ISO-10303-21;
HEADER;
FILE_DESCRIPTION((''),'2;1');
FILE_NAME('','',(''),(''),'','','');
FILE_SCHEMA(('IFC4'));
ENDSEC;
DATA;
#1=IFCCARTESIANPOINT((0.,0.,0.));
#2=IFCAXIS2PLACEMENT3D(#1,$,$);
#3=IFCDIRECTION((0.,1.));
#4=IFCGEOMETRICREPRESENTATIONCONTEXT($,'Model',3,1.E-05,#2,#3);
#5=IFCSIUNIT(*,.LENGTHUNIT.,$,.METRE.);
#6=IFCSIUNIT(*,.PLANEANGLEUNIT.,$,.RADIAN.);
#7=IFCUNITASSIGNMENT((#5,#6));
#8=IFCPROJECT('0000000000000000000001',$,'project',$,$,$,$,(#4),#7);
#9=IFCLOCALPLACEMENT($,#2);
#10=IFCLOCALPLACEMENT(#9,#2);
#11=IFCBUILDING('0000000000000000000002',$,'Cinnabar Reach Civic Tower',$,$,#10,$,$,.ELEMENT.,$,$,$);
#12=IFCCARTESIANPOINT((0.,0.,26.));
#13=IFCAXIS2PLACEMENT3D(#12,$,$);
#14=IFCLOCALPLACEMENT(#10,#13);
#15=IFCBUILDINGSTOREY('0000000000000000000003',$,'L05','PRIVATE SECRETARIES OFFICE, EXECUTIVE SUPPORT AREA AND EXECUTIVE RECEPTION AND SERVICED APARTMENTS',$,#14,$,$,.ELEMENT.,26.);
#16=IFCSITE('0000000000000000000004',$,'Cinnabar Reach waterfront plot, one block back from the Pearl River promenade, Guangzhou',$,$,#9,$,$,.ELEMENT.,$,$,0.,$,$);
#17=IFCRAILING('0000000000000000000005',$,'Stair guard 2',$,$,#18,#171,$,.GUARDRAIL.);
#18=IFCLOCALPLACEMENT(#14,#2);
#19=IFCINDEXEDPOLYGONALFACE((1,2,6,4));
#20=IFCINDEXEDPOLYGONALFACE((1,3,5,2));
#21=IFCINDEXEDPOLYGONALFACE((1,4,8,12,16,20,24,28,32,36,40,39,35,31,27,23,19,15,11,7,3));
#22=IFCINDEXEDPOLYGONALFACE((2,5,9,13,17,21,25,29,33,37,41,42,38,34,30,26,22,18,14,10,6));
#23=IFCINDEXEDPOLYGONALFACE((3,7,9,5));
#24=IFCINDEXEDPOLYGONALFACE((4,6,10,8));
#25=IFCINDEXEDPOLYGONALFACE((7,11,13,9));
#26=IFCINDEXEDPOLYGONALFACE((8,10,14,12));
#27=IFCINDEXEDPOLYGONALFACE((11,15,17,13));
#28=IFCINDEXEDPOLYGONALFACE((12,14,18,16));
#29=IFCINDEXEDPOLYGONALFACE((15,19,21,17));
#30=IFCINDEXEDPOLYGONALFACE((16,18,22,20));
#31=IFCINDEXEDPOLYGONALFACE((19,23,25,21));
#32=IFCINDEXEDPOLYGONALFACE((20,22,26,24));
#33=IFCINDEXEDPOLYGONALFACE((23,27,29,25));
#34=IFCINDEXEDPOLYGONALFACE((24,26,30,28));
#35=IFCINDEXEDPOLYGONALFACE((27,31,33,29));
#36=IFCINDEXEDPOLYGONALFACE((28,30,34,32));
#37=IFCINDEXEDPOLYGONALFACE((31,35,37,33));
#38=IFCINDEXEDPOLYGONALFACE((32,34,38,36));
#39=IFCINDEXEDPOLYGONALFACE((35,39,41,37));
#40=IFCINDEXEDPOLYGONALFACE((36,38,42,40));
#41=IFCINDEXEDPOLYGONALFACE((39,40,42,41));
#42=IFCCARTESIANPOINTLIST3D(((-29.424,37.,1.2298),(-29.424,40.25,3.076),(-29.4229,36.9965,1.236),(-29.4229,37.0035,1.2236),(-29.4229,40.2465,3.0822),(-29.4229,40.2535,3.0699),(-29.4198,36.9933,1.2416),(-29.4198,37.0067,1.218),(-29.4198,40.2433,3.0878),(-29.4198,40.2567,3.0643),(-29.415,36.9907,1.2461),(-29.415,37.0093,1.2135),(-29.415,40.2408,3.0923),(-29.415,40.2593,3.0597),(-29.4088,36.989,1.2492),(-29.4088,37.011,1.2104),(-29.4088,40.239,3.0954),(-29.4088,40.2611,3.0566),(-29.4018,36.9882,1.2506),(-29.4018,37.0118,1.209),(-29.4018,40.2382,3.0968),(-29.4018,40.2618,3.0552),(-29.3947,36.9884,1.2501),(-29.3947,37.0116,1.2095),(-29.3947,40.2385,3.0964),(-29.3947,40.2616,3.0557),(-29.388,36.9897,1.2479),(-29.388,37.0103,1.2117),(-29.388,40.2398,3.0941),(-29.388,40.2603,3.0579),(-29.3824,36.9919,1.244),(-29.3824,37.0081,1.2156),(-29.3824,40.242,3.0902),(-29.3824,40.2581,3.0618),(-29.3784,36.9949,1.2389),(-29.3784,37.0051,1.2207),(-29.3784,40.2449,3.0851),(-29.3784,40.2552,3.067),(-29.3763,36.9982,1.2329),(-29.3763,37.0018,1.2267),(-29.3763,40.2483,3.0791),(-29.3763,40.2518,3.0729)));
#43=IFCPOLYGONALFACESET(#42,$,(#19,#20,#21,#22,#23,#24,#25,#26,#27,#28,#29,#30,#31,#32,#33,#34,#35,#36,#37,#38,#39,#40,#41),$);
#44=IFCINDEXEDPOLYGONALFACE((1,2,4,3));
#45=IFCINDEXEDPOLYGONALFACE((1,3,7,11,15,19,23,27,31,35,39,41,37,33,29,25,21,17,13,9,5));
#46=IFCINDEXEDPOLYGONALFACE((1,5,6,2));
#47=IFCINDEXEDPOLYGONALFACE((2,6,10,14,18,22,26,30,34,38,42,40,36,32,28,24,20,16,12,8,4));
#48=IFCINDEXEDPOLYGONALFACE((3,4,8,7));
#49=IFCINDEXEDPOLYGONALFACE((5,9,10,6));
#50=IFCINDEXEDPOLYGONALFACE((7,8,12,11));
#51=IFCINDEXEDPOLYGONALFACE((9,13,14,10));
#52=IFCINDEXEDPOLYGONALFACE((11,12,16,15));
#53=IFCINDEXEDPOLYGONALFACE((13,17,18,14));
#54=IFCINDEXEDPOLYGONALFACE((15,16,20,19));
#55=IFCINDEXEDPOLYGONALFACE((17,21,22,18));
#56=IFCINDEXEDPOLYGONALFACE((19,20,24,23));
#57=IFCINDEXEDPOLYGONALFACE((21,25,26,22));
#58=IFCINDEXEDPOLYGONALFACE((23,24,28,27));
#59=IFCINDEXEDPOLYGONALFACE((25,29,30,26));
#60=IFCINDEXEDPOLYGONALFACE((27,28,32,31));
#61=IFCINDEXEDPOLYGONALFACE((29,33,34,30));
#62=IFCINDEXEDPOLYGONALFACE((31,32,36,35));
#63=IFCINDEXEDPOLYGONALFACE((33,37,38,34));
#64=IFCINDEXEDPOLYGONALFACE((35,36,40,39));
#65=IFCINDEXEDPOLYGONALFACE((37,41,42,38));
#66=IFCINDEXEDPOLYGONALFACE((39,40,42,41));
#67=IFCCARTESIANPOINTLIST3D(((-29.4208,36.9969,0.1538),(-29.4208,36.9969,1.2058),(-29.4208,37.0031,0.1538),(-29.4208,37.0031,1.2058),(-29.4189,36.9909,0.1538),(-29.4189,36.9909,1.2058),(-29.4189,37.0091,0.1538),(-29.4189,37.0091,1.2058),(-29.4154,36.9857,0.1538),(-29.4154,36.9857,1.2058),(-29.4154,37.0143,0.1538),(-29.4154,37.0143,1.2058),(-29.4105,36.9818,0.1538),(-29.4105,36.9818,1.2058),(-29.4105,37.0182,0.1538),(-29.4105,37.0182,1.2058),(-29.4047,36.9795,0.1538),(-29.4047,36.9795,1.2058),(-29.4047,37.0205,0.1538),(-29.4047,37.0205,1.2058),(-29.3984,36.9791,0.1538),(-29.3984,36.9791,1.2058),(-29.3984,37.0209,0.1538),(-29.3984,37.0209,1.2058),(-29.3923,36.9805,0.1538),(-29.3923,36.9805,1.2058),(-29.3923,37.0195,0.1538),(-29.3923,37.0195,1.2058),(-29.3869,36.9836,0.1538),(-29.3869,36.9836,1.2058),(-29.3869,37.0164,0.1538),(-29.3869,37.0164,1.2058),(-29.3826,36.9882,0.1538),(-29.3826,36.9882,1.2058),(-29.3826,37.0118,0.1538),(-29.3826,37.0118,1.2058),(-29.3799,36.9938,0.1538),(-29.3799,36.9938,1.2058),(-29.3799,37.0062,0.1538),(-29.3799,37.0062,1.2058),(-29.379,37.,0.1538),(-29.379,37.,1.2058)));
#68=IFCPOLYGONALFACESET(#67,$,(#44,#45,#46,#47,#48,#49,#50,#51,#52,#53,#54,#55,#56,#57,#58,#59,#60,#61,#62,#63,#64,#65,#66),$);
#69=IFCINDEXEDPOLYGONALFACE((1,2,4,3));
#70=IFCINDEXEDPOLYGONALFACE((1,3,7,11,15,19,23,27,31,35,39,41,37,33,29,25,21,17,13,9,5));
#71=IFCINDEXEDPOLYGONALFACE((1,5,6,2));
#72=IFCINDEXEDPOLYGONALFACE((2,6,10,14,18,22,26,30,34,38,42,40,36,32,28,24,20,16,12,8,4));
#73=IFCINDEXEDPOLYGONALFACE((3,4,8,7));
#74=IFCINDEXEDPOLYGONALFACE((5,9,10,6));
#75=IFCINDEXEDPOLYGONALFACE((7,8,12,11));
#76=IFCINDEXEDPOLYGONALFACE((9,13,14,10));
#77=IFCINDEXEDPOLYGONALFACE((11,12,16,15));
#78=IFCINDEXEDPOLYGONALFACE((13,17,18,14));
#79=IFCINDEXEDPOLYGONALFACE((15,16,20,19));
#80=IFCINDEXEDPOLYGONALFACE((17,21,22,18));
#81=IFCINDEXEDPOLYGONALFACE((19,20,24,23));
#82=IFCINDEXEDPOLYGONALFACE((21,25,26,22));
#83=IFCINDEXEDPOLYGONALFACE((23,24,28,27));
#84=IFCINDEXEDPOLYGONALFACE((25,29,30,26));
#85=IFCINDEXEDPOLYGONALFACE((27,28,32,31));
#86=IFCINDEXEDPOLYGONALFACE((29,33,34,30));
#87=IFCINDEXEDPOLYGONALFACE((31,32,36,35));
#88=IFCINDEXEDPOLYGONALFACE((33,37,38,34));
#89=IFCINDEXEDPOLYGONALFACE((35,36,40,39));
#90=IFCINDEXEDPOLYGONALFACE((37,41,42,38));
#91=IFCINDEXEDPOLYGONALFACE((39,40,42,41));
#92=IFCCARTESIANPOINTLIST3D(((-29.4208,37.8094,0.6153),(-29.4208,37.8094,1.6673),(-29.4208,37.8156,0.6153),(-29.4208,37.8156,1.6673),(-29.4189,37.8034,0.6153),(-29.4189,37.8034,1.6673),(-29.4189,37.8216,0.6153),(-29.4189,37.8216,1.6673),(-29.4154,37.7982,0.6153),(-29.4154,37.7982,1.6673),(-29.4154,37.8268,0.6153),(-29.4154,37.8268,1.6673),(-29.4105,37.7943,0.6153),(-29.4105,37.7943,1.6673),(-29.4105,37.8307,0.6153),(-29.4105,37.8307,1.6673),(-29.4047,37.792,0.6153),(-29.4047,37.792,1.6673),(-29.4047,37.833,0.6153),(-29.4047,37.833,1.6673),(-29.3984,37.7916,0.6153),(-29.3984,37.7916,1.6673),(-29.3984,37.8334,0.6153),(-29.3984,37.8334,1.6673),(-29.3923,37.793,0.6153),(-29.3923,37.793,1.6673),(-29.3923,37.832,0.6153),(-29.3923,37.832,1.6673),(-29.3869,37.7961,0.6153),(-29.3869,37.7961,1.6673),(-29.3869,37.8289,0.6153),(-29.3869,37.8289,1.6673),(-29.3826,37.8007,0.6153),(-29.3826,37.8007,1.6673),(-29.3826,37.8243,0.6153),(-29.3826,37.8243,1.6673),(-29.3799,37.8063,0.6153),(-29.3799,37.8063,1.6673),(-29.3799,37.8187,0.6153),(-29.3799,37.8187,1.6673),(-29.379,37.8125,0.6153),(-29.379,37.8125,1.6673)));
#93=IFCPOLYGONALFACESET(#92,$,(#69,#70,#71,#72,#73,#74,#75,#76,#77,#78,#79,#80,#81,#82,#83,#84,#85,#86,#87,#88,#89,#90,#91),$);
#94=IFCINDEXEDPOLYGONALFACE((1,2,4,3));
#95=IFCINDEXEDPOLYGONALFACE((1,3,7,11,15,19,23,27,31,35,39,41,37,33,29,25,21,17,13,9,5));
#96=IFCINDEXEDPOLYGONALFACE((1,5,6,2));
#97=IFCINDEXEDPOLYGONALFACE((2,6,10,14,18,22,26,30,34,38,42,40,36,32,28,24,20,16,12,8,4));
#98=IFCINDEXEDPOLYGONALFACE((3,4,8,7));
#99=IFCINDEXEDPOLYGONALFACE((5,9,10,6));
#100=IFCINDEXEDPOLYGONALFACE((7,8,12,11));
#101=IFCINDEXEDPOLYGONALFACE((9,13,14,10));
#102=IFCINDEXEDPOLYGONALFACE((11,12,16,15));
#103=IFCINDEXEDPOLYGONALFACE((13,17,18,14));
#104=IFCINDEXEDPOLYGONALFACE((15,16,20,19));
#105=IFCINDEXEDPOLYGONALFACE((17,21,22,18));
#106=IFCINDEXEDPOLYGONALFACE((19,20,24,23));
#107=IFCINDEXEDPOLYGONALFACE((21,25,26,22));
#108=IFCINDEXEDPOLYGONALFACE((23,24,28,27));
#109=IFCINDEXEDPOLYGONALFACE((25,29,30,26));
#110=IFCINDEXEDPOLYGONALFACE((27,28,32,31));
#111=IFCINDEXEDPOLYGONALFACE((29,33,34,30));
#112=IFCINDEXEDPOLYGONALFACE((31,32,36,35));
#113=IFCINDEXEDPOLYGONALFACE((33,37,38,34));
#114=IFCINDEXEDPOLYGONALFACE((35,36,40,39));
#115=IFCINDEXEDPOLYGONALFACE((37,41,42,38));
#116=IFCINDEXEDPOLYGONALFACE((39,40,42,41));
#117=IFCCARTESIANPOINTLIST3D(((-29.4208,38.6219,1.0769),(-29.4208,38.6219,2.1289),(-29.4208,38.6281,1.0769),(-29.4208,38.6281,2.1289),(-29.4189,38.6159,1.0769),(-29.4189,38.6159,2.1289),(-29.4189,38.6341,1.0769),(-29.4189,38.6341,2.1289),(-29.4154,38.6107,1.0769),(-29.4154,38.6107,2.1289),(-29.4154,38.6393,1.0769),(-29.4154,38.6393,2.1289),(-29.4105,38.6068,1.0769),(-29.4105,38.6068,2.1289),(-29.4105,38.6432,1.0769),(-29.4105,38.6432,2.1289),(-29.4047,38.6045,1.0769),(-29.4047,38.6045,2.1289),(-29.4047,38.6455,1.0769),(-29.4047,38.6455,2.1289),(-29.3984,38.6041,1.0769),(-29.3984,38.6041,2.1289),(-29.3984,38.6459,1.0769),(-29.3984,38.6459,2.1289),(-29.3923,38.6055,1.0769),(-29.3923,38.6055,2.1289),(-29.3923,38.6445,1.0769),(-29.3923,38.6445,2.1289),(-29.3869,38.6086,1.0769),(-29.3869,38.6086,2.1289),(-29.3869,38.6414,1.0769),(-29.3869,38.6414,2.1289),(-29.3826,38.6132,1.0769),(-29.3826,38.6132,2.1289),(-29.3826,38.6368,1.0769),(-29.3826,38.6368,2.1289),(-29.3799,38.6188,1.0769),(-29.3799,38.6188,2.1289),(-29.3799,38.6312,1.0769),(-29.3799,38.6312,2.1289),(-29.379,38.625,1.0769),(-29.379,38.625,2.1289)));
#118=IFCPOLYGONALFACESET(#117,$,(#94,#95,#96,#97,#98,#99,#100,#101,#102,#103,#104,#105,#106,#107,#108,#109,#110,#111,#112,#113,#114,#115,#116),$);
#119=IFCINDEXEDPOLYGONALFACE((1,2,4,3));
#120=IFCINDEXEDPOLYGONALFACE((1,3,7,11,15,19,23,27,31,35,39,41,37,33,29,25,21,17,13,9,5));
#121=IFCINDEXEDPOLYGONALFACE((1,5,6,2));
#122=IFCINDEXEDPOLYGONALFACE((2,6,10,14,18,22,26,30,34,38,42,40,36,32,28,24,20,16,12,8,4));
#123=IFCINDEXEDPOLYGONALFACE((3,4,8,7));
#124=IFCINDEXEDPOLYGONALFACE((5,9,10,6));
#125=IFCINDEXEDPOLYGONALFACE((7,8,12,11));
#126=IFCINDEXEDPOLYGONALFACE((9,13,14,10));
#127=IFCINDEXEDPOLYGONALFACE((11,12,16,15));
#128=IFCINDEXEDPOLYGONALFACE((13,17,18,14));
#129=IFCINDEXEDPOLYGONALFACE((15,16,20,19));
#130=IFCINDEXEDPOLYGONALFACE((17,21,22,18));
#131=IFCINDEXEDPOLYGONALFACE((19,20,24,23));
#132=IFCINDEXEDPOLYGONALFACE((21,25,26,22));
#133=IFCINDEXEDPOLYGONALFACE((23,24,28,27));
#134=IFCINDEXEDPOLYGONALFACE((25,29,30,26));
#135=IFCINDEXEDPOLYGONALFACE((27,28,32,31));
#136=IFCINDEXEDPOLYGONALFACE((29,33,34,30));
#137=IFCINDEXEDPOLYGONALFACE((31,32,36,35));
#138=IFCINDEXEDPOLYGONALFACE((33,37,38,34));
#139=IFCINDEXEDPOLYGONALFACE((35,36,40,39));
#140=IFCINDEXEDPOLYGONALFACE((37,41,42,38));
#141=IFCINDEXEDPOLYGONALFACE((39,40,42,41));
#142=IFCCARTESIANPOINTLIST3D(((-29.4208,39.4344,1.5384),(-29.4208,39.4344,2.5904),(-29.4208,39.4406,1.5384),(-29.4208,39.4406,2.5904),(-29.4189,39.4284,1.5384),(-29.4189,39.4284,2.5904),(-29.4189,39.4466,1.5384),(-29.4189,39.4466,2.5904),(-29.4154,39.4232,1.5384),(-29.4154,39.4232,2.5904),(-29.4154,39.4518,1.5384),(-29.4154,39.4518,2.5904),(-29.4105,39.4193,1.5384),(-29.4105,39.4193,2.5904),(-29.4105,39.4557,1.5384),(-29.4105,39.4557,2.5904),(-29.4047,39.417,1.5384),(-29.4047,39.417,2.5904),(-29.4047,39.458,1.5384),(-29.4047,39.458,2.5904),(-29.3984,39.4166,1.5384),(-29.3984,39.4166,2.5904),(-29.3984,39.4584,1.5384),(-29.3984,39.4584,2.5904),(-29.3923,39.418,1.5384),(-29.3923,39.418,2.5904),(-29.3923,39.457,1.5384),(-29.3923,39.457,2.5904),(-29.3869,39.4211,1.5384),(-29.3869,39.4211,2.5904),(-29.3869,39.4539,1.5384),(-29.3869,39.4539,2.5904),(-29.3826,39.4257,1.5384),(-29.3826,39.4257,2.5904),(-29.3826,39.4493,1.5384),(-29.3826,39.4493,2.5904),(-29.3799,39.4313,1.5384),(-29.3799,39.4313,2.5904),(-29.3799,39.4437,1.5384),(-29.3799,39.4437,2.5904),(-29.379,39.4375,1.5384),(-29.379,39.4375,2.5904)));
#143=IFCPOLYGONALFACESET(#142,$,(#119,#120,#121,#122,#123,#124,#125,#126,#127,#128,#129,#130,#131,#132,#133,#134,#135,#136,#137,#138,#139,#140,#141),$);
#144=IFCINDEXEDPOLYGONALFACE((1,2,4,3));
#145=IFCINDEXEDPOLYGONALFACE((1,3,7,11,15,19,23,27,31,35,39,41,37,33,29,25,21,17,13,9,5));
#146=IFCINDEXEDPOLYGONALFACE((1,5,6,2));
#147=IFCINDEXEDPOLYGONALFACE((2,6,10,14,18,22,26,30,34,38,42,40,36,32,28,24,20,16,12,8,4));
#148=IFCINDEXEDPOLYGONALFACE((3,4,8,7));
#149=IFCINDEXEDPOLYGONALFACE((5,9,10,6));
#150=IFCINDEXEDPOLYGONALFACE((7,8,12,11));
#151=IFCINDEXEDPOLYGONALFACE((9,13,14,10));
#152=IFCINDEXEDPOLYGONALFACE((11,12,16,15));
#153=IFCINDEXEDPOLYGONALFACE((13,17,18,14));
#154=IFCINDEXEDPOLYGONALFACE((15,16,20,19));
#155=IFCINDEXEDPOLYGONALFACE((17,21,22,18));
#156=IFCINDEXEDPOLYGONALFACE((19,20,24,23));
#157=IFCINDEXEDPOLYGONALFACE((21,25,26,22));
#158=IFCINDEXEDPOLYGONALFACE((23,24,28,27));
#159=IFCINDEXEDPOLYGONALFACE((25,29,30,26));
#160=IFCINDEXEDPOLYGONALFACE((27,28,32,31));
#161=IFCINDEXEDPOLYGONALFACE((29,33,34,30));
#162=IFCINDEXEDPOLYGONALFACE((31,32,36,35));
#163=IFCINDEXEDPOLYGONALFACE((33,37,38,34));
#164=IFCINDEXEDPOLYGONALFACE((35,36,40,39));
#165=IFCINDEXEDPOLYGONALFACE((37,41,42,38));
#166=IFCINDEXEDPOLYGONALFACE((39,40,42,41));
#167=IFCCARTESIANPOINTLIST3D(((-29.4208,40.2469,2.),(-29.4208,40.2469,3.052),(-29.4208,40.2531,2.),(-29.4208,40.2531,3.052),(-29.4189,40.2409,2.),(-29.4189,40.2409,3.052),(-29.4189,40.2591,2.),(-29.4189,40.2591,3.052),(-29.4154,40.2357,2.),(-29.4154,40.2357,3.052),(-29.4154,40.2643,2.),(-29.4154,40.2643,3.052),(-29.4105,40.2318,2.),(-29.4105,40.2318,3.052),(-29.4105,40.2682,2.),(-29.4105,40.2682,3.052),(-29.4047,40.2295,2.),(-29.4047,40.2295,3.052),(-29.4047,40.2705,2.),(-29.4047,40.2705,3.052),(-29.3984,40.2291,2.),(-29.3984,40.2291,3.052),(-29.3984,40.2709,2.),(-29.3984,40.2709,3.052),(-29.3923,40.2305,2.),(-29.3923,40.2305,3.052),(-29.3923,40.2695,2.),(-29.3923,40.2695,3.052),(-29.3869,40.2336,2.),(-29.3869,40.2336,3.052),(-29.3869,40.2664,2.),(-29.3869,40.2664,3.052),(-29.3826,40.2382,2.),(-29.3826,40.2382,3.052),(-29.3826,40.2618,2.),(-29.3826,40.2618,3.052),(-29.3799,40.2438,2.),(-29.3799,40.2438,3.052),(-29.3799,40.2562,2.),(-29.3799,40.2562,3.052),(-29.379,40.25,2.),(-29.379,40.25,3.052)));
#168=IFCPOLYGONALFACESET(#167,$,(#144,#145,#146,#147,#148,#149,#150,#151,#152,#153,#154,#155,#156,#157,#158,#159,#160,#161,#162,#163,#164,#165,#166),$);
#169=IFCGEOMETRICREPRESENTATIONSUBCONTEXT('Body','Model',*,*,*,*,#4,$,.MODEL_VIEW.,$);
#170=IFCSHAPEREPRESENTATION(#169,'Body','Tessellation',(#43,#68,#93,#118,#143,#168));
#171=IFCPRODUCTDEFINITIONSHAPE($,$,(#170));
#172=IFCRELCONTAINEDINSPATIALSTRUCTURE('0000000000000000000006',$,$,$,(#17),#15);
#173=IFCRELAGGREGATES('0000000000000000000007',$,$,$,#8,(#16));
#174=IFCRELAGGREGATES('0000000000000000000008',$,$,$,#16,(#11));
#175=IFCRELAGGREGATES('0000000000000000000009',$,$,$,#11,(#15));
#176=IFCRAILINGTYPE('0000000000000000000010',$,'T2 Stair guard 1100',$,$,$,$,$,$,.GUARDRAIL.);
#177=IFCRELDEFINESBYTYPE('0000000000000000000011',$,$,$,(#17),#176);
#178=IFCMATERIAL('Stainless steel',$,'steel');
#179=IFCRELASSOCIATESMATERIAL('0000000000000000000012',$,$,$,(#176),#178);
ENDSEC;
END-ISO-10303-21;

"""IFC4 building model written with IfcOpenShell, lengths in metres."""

from ifc_helpers import new_model, si_unit, direction, frame, origin, origin_2d, place, context, subcontext, project, spatial, circle, extrude, material, type_object, element, save


model = new_model("IFC4")

# Units and contexts
model_context = context("Model", 3, precision=1e-05, world=origin(), true_north=direction((0.0, 1.0)))
body_context = subcontext(model_context, "Body", "Model", "MODEL_VIEW")
ifc_project = project(units=[si_unit("LENGTHUNIT", "METRE"), si_unit("PLANEANGLEUNIT", "RADIAN")], contexts=[model_context])

# Site, building, storey
site_placement = place(None, origin())
site = spatial("IfcSite", under=ifc_project, at=site_placement, Name="Cinnabar Reach waterfront plot, one block back from the Pearl River promenade, Guangzhou", CompositionType="ELEMENT", RefElevation=0.0)
building_placement = place(site_placement, origin())
building = spatial("IfcBuilding", under=site, at=building_placement, Name="Cinnabar Reach Civic Tower", CompositionType="ELEMENT")
storey_placement = place(building_placement, frame((0.0, 0.0, 26.0)))
storey = spatial("IfcBuildingStorey", under=building, at=storey_placement, Name="L05", Description="PRIVATE SECRETARIES OFFICE, EXECUTIVE SUPPORT AREA AND EXECUTIVE RECEPTION AND SERVICED APARTMENTS", CompositionType="ELEMENT", Elevation=26.0)

# Railing
ifc_material_1 = material(Name="Stainless steel", Category="steel")
railing_type = type_object("IfcRailingType", Name="T2 Stair guard 1100", PredefinedType="GUARDRAIL", material=ifc_material_1)
railing_1_placement = place(storey_placement, frame((-29.4, 37.0, 0.1538)))
element("IfcRailing", 1, at=railing_1_placement, inside=storey, type_object=railing_type, Name="Stair guard 2", PredefinedType="GUARDRAIL", context=body_context, shape_type="SweptSolid", body=[
    extrude(circle(Radius=0.024, at=origin_2d()), frame((0.0, 0.0, 1.076), z_axis=(0.0, 0.869501, 0.49393), x_axis=(-1.0, 0.0, 0.0)), (0.0, 0.0, 1.0), 3.7378),
    extrude(circle(Radius=0.021, at=origin_2d()), origin(), (0.0, 0.0, 1.0), 1.052),
    extrude(circle(Radius=0.021, at=origin_2d()), frame((0.0, 0.8125, 0.4615)), (0.0, 0.0, 1.0), 1.052),
    extrude(circle(Radius=0.021, at=origin_2d()), frame((0.0, 1.625, 0.9231)), (0.0, 0.0, 1.0), 1.052),
    extrude(circle(Radius=0.021, at=origin_2d()), frame((0.0, 2.4375, 1.3846)), (0.0, 0.0, 1.0), 1.052),
    extrude(circle(Radius=0.021, at=origin_2d()), frame((0.0, 3.25, 1.8462)), (0.0, 0.0, 1.0), 1.052),
])

save(model, "model.ifc")
